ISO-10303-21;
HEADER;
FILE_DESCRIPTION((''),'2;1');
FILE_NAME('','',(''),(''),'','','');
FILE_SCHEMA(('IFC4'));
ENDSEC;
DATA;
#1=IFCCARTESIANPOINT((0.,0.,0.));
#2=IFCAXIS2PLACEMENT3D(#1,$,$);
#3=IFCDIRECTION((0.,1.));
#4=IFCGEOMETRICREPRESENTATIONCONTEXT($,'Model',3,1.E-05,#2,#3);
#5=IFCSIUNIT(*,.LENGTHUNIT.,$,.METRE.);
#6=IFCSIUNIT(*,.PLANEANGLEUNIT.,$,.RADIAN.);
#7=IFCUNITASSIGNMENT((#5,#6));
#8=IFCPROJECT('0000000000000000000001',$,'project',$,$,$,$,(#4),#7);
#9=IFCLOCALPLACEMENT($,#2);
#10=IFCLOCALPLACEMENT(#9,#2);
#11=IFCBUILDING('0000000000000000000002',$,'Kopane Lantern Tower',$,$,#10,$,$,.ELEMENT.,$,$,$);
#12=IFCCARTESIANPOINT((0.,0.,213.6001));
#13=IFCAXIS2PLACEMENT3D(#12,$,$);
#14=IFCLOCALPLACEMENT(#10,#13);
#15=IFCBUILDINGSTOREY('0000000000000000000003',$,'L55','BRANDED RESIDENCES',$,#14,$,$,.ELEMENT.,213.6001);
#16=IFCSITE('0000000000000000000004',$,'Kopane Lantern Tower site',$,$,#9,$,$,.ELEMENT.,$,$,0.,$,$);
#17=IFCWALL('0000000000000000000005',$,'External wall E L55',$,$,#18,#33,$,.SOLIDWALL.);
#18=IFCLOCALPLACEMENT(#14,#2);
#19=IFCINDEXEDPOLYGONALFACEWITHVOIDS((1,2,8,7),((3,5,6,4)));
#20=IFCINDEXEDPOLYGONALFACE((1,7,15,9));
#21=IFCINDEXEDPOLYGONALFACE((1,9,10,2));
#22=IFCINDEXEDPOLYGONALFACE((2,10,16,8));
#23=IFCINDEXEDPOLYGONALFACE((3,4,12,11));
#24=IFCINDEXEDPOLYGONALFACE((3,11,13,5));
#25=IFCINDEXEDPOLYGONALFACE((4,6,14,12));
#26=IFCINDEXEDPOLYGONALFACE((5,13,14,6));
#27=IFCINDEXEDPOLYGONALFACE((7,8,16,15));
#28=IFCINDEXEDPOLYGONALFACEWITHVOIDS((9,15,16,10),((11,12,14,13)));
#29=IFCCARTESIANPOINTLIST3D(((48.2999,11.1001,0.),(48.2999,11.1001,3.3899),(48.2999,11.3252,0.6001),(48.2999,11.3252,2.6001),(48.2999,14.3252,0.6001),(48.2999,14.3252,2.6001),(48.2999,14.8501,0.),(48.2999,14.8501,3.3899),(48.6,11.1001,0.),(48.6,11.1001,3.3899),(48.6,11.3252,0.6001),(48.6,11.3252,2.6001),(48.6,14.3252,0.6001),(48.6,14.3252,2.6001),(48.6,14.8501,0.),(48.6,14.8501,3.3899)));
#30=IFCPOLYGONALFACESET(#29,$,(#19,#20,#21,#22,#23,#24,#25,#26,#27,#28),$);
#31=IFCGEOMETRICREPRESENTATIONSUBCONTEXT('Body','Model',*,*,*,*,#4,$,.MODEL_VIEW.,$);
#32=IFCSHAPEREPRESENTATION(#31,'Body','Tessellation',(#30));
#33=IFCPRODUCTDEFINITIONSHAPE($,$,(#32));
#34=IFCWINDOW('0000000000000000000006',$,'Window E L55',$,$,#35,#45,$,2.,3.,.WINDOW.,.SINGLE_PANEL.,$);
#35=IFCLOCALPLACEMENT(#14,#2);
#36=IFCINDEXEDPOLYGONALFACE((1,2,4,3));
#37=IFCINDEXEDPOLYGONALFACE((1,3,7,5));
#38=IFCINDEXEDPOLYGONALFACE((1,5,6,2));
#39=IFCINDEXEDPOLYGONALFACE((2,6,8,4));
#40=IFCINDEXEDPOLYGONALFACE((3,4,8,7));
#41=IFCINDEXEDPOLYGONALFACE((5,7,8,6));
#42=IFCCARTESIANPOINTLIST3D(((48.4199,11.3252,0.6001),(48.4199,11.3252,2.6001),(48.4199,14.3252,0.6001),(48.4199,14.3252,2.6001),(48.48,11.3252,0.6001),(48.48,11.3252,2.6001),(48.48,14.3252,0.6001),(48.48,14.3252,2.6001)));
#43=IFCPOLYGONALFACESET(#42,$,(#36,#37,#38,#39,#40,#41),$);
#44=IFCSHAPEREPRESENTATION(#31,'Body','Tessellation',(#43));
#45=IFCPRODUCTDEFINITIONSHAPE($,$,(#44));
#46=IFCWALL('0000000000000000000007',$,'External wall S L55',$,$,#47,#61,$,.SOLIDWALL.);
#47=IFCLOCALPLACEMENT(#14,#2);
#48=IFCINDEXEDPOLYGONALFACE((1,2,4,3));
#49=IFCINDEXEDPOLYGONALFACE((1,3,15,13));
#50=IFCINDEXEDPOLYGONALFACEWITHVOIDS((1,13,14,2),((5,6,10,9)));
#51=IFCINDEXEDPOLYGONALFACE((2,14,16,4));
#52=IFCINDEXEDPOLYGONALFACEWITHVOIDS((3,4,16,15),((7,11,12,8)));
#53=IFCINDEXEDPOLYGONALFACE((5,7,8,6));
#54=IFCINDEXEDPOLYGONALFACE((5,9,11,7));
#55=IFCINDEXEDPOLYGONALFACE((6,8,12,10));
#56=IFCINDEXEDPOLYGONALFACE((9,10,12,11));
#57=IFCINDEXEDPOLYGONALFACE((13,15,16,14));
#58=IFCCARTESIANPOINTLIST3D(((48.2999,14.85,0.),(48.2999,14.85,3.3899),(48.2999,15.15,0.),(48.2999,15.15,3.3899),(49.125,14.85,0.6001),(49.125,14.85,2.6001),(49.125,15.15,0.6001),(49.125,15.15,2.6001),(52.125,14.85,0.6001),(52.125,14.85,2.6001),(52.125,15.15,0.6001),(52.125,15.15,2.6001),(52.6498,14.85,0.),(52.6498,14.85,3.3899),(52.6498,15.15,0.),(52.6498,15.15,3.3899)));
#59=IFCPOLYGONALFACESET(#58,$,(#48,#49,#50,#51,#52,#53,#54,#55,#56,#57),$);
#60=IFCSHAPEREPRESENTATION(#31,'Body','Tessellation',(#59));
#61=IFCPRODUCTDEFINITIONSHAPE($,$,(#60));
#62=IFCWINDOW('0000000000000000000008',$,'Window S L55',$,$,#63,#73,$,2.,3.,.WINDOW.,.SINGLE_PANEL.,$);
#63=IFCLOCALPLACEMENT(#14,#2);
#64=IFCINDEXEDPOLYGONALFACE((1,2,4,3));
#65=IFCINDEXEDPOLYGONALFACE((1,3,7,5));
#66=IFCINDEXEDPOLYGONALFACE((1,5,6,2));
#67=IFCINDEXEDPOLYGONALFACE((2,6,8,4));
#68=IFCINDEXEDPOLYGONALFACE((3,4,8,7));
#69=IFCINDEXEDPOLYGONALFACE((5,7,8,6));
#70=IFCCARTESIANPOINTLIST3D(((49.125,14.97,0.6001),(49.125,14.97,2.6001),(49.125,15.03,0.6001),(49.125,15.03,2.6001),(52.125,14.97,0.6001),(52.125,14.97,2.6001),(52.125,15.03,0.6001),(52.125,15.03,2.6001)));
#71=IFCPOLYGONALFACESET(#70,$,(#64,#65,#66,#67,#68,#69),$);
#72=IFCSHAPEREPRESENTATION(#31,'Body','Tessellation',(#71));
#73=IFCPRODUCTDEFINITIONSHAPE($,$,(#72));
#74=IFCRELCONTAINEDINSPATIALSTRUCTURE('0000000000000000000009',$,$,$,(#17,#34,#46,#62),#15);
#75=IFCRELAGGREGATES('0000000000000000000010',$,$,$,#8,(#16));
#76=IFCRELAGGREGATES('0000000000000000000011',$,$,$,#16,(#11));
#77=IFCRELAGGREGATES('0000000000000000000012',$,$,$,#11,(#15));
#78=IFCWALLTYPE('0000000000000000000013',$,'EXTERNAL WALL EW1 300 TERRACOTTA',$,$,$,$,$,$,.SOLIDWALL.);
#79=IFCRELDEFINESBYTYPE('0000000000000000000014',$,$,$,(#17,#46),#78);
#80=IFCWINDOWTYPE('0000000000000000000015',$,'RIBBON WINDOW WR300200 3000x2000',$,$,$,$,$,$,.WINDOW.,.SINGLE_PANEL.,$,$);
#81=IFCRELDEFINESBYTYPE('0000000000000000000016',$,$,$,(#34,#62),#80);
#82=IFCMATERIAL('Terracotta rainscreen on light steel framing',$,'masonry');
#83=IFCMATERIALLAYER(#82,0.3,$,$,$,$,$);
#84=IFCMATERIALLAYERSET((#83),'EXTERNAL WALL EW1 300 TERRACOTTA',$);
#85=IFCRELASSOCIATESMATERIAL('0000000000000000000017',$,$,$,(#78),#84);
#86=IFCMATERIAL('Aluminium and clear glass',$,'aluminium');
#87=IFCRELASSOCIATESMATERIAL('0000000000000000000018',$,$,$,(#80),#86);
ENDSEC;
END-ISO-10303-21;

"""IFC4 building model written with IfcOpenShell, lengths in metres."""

from ifc_helpers import new_model, si_unit, direction, frame, frame_2d, origin, place, context, subcontext, project, spatial, rectangle, extrude, material, layer, layer_set, type_object, element, fill, save


model = new_model("IFC4")

# Units and contexts
model_context = context("Model", 3, precision=1e-05, world=origin(), true_north=direction((0.0, 1.0)))
body_context = subcontext(model_context, "Body", "Model", "MODEL_VIEW")
ifc_project = project(units=[si_unit("LENGTHUNIT", "METRE"), si_unit("PLANEANGLEUNIT", "RADIAN")], contexts=[model_context])

# Site, building, storey
site_placement = place(None, origin())
site = spatial("IfcSite", under=ifc_project, at=site_placement, Name="Kopane Lantern Tower site", CompositionType="ELEMENT", RefElevation=0.0)
building_placement = place(site_placement, origin())
building = spatial("IfcBuilding", under=site, at=building_placement, Name="Kopane Lantern Tower", CompositionType="ELEMENT")
storey_placement = place(building_placement, frame((0.0, 0.0, 213.6001)))
storey = spatial("IfcBuildingStorey", under=building, at=storey_placement, Name="L55", Description="BRANDED RESIDENCES", CompositionType="ELEMENT", Elevation=213.6001)

# Walls, openings, windows
ifc_material_1 = material(Name="Terracotta rainscreen on light steel framing", Category="masonry")
ifc_layer_1 = layer(ifc_material_1, 0.3)
ifc_layer_set_1 = layer_set([ifc_layer_1], Name="EXTERNAL WALL EW1 300 TERRACOTTA")
wall_type_1 = type_object("IfcWallType", Name="EXTERNAL WALL EW1 300 TERRACOTTA", PredefinedType="SOLIDWALL", material=ifc_layer_set_1)
wall_1_placement = place(storey_placement, frame((48.45, 11.1001, 0.0), z_axis=(0.0, 0.0, 1.0), x_axis=(0.0, 1.0, 0.0)))
wall_1 = element("IfcWall", 1, at=wall_1_placement, inside=storey, type_object=wall_type_1, Name="External wall E L55", PredefinedType="SOLIDWALL", context=body_context, shape_type="SweptSolid", body=[
    extrude(rectangle(XDim=3.75, YDim=0.3, at=frame_2d((1.875, 0.0))), origin(), (0.0, 0.0, 1.0), 3.3899),
])
opening_1_placement = place(wall_1_placement, frame((0.2251, 0.0, 0.6001)))
opening_1 = element("IfcOpeningElement", 2, at=opening_1_placement, cuts=wall_1, PredefinedType="OPENING", context=body_context, shape_type="SweptSolid", body=[
    extrude(rectangle(XDim=3.0, YDim=2.0, at=frame_2d((1.5, 1.0))), frame((0.0, 0.1599, 0.0), z_axis=(0.0, -1.0, 0.0), x_axis=(1.0, 0.0, 0.0)), (0.0, 0.0, 1.0), 0.3201),
])
ifc_material_2 = material(Name="Aluminium and clear glass", Category="aluminium")
window_type = type_object("IfcWindowType", Name="RIBBON WINDOW WR300200 3000x2000", PartitioningType="SINGLE_PANEL", PredefinedType="WINDOW", material=ifc_material_2)
window_1_placement = place(opening_1_placement, origin())
window_1 = element("IfcWindow", 3, at=window_1_placement, inside=storey, type_object=window_type, Name="Window E L55", OverallHeight=2.0, OverallWidth=3.0, PartitioningType="SINGLE_PANEL", PredefinedType="WINDOW", context=body_context, shape_type="SweptSolid", body=[
    extrude(rectangle(XDim=3.0, YDim=2.0, at=frame_2d((1.5, 1.0))), frame((0.0, 0.03, 0.0), z_axis=(0.0, -1.0, 0.0), x_axis=(1.0, 0.0, 0.0)), (0.0, 0.0, 1.0), 0.0601),
])
fill(opening_1, window_1)
wall_2_placement = place(storey_placement, frame((48.3, 15.0, 0.0), z_axis=(0.0, 0.0, 1.0), x_axis=(1.0, 0.0, 0.0)))
wall_2 = element("IfcWall", 4, at=wall_2_placement, inside=storey, type_object=wall_type_1, Name="External wall S L55", PredefinedType="SOLIDWALL", context=body_context, shape_type="SweptSolid", body=[
    extrude(rectangle(XDim=4.3499, YDim=0.3, at=frame_2d((2.1748, 0.0))), origin(), (0.0, 0.0, 1.0), 3.3899),
])
opening_2_placement = place(wall_2_placement, frame((0.825, 0.0, 0.6001)))
opening_2 = element("IfcOpeningElement", 5, at=opening_2_placement, cuts=wall_2, PredefinedType="OPENING", context=body_context, shape_type="SweptSolid", body=[
    extrude(rectangle(XDim=3.0, YDim=2.0, at=frame_2d((1.5, 1.0))), frame((0.0, 0.1599, 0.0), z_axis=(0.0, -1.0, 0.0), x_axis=(1.0, 0.0, 0.0)), (0.0, 0.0, 1.0), 0.3201),
])
window_2_placement = place(opening_2_placement, origin())
window_2 = element("IfcWindow", 6, at=window_2_placement, inside=storey, type_object=window_type, Name="Window S L55", OverallHeight=2.0, OverallWidth=3.0, PartitioningType="SINGLE_PANEL", PredefinedType="WINDOW", context=body_context, shape_type="SweptSolid", body=[
    extrude(rectangle(XDim=3.0, YDim=2.0, at=frame_2d((1.5, 1.0))), frame((0.0, 0.03, 0.0), z_axis=(0.0, -1.0, 0.0), x_axis=(1.0, 0.0, 0.0)), (0.0, 0.0, 1.0), 0.0601),
])
fill(opening_2, window_2)

save(model, "model.ifc")
